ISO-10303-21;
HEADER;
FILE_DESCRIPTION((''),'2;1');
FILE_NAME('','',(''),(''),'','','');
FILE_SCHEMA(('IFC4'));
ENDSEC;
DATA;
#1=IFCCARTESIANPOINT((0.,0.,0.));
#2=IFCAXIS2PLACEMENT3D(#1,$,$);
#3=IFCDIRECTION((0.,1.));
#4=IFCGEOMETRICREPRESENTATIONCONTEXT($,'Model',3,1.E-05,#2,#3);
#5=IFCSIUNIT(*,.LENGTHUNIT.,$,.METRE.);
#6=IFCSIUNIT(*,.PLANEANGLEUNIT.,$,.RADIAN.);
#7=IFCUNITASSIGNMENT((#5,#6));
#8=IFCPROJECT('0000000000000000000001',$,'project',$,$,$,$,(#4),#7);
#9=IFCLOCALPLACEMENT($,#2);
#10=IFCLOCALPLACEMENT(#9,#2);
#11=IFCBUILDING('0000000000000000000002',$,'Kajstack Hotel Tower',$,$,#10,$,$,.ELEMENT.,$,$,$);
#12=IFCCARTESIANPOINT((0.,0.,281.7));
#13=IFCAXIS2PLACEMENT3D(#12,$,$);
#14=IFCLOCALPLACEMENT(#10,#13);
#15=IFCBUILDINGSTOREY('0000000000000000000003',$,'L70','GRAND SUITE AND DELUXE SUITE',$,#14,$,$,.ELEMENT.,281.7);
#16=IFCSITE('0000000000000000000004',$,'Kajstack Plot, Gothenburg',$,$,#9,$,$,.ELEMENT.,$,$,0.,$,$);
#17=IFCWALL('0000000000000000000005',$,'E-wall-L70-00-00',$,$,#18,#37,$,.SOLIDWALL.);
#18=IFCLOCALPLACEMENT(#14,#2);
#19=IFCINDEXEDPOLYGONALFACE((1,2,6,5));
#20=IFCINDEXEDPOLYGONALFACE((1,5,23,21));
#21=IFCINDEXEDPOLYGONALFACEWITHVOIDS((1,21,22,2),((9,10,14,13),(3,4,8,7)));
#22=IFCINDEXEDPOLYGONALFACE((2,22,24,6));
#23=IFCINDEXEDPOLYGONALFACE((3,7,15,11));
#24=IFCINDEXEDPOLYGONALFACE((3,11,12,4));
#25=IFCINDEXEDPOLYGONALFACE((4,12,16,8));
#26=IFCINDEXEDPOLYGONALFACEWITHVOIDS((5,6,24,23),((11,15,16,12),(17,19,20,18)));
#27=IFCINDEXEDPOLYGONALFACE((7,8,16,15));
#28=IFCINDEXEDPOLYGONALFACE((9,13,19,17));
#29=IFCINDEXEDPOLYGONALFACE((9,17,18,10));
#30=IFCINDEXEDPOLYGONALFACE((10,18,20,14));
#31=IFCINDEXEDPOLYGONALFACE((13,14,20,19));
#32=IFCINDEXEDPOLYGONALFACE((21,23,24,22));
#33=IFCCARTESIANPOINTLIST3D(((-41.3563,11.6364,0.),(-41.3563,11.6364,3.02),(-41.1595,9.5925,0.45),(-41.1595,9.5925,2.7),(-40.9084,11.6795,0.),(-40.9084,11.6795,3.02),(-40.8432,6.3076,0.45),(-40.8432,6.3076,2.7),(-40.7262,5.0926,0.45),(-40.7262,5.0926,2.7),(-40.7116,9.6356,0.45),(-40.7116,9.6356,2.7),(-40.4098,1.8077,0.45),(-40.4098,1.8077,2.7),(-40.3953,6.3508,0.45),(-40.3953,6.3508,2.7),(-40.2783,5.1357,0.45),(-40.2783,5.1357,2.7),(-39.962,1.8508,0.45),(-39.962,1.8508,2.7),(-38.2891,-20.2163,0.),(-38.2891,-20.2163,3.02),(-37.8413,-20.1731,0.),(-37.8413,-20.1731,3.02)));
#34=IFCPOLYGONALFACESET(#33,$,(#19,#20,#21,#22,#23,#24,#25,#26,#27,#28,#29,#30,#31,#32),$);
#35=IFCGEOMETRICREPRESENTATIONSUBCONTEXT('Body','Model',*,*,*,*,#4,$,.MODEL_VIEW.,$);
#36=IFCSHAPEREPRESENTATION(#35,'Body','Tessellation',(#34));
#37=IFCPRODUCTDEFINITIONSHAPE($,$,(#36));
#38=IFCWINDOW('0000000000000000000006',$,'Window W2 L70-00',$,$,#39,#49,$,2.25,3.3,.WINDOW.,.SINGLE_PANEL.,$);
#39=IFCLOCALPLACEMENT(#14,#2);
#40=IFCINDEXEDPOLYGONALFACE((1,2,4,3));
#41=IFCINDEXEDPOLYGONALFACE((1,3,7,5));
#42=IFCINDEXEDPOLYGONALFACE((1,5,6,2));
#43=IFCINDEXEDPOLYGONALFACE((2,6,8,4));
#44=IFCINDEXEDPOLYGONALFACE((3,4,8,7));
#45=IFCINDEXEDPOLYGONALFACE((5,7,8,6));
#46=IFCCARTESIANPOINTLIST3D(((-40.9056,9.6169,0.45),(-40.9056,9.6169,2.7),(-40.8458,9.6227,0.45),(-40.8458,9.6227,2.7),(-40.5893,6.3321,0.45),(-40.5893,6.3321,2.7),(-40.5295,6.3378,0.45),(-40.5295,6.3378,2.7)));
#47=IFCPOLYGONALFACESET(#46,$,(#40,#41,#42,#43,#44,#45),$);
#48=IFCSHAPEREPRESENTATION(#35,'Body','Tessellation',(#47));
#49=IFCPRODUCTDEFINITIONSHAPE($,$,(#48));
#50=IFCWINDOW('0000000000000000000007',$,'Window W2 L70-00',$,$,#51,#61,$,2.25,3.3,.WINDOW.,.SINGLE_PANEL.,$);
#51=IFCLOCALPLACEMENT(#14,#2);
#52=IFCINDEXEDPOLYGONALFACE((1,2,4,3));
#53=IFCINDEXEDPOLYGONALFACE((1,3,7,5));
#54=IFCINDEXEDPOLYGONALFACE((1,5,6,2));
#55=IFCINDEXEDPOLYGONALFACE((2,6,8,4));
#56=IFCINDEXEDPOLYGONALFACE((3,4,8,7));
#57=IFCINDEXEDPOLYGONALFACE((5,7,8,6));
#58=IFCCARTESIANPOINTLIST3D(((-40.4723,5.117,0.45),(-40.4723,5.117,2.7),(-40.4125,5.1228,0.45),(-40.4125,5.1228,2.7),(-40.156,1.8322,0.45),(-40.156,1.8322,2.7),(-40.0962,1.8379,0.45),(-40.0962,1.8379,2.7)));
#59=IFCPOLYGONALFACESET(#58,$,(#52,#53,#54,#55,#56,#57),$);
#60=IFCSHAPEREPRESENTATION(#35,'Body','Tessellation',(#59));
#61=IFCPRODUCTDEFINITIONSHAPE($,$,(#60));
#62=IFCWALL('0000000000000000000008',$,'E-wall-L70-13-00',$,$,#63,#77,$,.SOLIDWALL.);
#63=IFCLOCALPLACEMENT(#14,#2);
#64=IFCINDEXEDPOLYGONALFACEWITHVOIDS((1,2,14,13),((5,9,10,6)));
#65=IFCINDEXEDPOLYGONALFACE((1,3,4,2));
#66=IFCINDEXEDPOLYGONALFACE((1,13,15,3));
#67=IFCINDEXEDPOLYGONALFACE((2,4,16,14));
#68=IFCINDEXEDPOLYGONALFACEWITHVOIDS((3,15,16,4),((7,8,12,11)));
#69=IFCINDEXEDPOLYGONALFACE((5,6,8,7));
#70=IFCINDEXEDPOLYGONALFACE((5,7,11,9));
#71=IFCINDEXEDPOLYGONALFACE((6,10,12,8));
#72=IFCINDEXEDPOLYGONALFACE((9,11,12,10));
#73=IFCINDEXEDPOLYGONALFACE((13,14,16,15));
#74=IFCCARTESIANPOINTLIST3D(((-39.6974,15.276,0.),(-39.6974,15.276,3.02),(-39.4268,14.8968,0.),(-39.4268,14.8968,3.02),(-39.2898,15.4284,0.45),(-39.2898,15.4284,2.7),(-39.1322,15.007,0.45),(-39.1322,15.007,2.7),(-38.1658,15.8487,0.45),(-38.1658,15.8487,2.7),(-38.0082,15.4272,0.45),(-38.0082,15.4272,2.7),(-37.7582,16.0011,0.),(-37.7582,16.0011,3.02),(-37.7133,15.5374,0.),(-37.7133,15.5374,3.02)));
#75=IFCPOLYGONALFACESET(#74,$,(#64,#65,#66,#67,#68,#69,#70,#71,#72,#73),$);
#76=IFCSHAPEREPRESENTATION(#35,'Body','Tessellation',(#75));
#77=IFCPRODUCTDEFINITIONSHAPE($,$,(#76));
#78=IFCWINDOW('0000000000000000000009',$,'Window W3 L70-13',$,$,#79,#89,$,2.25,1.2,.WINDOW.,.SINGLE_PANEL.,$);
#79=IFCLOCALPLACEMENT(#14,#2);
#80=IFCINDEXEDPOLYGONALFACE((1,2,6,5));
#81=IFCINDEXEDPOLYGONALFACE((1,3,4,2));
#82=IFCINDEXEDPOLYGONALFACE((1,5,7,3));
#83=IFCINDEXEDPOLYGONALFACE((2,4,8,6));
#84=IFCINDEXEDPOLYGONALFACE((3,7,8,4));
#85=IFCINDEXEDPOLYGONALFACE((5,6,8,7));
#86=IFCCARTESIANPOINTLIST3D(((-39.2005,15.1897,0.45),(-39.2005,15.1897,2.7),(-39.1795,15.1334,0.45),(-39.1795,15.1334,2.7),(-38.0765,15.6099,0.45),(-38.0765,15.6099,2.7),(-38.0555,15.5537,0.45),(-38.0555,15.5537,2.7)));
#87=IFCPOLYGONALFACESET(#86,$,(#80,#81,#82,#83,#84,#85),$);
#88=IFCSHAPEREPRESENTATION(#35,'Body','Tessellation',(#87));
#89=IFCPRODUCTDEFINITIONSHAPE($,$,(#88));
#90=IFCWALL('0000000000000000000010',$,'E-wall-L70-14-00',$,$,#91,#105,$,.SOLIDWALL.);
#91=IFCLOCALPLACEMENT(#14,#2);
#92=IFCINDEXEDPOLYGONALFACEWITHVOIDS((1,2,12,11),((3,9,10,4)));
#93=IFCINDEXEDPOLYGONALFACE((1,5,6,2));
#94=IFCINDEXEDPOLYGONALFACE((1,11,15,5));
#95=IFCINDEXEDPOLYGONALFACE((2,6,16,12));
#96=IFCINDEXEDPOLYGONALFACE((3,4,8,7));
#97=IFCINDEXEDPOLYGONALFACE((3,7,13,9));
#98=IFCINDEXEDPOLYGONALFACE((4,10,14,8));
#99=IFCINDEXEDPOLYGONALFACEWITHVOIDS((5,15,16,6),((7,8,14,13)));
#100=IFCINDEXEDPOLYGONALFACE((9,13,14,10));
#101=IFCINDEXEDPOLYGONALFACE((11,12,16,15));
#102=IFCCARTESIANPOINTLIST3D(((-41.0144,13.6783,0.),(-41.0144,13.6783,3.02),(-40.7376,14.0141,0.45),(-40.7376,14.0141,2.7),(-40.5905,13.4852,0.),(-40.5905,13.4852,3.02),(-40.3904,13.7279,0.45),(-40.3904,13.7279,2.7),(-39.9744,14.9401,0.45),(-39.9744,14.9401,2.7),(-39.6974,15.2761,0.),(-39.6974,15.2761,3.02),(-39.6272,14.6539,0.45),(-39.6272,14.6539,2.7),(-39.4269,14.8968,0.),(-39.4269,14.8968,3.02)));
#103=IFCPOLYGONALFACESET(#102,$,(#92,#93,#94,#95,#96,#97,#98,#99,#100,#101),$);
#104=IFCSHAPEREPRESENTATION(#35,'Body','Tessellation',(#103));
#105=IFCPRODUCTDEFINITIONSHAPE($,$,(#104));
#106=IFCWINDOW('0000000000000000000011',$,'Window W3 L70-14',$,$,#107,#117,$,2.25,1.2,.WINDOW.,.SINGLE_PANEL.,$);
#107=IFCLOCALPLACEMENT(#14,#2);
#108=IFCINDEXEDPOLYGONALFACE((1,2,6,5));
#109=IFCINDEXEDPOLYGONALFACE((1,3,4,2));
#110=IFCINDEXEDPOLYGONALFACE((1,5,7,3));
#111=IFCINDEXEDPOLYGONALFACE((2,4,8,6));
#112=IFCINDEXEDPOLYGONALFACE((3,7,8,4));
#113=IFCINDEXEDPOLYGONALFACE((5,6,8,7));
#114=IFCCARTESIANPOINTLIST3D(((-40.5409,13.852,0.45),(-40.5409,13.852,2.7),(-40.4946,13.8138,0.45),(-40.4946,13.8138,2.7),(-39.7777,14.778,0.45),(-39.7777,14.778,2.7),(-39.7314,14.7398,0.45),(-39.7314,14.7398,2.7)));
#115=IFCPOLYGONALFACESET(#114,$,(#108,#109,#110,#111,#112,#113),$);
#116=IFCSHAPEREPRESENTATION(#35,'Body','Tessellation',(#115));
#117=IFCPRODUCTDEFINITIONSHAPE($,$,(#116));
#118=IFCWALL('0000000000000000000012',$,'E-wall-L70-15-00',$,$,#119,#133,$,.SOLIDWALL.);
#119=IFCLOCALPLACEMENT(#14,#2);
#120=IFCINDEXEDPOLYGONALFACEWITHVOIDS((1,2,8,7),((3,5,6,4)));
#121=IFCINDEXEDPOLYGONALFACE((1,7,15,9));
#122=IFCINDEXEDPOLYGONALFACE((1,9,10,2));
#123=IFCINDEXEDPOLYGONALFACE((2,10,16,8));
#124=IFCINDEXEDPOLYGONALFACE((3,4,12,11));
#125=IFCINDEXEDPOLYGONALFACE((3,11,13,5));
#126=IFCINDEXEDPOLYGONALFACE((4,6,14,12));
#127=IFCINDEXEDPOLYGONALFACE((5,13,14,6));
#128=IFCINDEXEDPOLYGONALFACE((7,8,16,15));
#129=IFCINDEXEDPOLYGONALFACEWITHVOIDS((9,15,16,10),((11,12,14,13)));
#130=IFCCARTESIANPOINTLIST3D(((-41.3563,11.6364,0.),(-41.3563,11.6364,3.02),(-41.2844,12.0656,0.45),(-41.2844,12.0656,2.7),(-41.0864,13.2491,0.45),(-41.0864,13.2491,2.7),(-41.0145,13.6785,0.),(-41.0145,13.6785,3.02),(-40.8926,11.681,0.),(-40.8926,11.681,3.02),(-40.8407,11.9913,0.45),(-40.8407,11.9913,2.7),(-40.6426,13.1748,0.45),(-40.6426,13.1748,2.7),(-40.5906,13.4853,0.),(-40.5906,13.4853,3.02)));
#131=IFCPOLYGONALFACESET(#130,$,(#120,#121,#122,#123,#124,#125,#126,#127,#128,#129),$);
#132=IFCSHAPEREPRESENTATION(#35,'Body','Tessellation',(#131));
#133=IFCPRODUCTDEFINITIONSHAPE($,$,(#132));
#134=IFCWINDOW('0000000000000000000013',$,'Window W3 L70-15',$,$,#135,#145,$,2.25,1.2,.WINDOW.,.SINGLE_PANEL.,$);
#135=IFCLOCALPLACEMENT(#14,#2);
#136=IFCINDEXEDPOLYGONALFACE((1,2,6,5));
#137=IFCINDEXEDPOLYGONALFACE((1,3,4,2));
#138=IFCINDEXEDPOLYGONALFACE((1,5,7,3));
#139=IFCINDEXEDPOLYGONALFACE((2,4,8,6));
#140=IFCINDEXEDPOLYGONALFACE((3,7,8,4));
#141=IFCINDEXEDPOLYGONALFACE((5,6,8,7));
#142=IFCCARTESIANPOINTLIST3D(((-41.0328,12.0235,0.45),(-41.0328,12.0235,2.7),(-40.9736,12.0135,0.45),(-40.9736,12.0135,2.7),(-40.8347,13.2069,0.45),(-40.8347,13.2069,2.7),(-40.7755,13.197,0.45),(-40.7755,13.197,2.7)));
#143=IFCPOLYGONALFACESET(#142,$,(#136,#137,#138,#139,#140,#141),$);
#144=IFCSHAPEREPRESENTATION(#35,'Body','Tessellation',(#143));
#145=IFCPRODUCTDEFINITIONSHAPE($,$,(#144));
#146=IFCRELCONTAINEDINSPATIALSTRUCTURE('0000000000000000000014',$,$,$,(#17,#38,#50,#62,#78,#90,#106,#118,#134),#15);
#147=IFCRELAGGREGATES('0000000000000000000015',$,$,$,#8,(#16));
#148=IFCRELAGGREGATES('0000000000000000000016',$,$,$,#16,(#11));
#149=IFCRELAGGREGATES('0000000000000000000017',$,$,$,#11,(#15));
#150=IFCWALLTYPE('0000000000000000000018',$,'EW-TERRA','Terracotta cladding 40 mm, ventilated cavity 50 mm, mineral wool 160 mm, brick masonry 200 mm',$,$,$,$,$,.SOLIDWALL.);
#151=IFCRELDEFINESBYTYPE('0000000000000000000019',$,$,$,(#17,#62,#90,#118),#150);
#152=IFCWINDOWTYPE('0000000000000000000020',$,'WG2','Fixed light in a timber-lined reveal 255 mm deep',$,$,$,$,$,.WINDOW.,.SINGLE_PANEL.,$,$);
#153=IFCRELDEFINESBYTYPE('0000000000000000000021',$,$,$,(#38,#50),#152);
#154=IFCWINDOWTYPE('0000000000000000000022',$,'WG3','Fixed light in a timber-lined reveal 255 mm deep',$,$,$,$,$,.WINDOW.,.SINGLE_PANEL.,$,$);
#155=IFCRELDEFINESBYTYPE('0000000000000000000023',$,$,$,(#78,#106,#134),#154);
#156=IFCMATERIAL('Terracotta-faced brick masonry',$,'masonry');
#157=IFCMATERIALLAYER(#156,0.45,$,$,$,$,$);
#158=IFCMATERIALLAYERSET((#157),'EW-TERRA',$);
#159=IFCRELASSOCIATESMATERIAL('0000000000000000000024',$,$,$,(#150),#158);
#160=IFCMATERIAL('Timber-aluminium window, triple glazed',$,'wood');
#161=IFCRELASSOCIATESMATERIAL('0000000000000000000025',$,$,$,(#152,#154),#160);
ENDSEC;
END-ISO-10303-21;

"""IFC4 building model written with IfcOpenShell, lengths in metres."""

from ifc_helpers import new_model, si_unit, direction, frame, frame_2d, origin, place, context, subcontext, project, spatial, polyline, rectangle, outline, extrude, material, layer, layer_set, type_object, element, fill, save


model = new_model("IFC4")

# Units and contexts
model_context = context("Model", 3, precision=1e-05, world=origin(), true_north=direction((0.0, 1.0)))
body_context = subcontext(model_context, "Body", "Model", "MODEL_VIEW")
ifc_project = project(units=[si_unit("LENGTHUNIT", "METRE"), si_unit("PLANEANGLEUNIT", "RADIAN")], contexts=[model_context])

# Site, building, storey
site_placement = place(None, origin())
site = spatial("IfcSite", under=ifc_project, at=site_placement, Name="Kajstack Plot, Gothenburg", CompositionType="ELEMENT", RefElevation=0.0)
building_placement = place(site_placement, origin())
building = spatial("IfcBuilding", under=site, at=building_placement, Name="Kajstack Hotel Tower", CompositionType="ELEMENT")
storey_placement = place(building_placement, frame((0.0, 0.0, 281.7)))
storey = spatial("IfcBuildingStorey", under=building, at=storey_placement, Name="L70", Description="GRAND SUITE AND DELUXE SUITE", CompositionType="ELEMENT", Elevation=281.7)

# Wall, openings, windows
ifc_material_1 = material(Name="Terracotta-faced brick masonry", Category="masonry")
ifc_layer_1 = layer(ifc_material_1, 0.45)
ifc_layer_set_1 = layer_set([ifc_layer_1], Name="EW-TERRA")
wall_type_1 = type_object("IfcWallType", Name="EW-TERRA", Description="Terracotta cladding 40 mm, ventilated cavity 50 mm, mineral wool 160 mm, brick masonry 200 mm", PredefinedType="SOLIDWALL", material=ifc_layer_set_1)
wall_1_placement = place(storey_placement, frame((-41.1323, 11.658, 0.0), z_axis=(0.0, 0.0, 1.0), x_axis=(0.095848, -0.995396, 0.0)))
wall_1 = element("IfcWall", 1, at=wall_1_placement, inside=storey, type_object=wall_type_1, Name="E-wall-L70-00-00", PredefinedType="SOLIDWALL", context=body_context, shape_type="SweptSolid", body=[
    extrude(rectangle(XDim=32.0, YDim=0.45, at=frame_2d((16.0, 0.0))), origin(), (0.0, 0.0, 1.0), 3.02),
])
opening_1_placement = place(wall_1_placement, frame((2.0535, 0.0, 0.45)))
opening_1 = element("IfcOpeningElement", 2, at=opening_1_placement, cuts=wall_1, PredefinedType="OPENING", context=body_context, shape_type="SweptSolid", body=[
    extrude(rectangle(XDim=3.3, YDim=2.25, at=frame_2d((1.6499, 1.125))), frame((0.0, 0.2349, 0.0), z_axis=(0.0, -1.0, 0.0), x_axis=(1.0, 0.0, 0.0)), (0.0, 0.0, 1.0), 0.47),
])
opening_2_placement = place(wall_1_placement, frame((6.5742, 0.0, 0.45)))
opening_2 = element("IfcOpeningElement", 3, at=opening_2_placement, cuts=wall_1, PredefinedType="OPENING", context=body_context, shape_type="SweptSolid", body=[
    extrude(rectangle(XDim=3.3, YDim=2.25, at=frame_2d((1.6499, 1.125))), frame((0.0, 0.2349, 0.0), z_axis=(0.0, -1.0, 0.0), x_axis=(1.0, 0.0, 0.0)), (0.0, 0.0, 1.0), 0.47),
])
ifc_material_2 = material(Name="Timber-aluminium window, triple glazed", Category="wood")
window_type_1 = type_object("IfcWindowType", Name="WG2", Description="Fixed light in a timber-lined reveal 255 mm deep", PartitioningType="SINGLE_PANEL", PredefinedType="WINDOW", material=ifc_material_2)
window_1_placement = place(opening_1_placement, origin())
window_1 = element("IfcWindow", 4, at=window_1_placement, inside=storey, type_object=window_type_1, Name="Window W2 L70-00", OverallHeight=2.25, OverallWidth=3.3, PartitioningType="SINGLE_PANEL", PredefinedType="WINDOW", context=body_context, shape_type="SweptSolid", body=[
    extrude(rectangle(XDim=3.3, YDim=2.25, at=frame_2d((1.6499, 1.125))), frame((0.0, 0.0901, 0.0), z_axis=(0.0, -1.0, 0.0), x_axis=(1.0, 0.0, 0.0)), (0.0, 0.0, 1.0), 0.0601),
])
fill(opening_1, window_1)
window_2_placement = place(opening_2_placement, origin())
window_2 = element("IfcWindow", 5, at=window_2_placement, inside=storey, type_object=window_type_1, Name="Window W2 L70-00", OverallHeight=2.25, OverallWidth=3.3, PartitioningType="SINGLE_PANEL", PredefinedType="WINDOW", context=body_context, shape_type="SweptSolid", body=[
    extrude(rectangle(XDim=3.3, YDim=2.25, at=frame_2d((1.6499, 1.125))), frame((0.0, 0.0901, 0.0), z_axis=(0.0, -1.0, 0.0), x_axis=(1.0, 0.0, 0.0)), (0.0, 0.0, 1.0), 0.0601),
])
fill(opening_2, window_2)

# Walls, openings, windows
wall_2_placement = place(storey_placement, frame((-37.6792, 15.7905, 0.0), z_axis=(0.0, 0.0, 1.0), x_axis=(-0.936678, -0.350193, 0.0)))
wall_2 = element("IfcWall", 6, at=wall_2_placement, inside=storey, type_object=wall_type_1, Name="E-wall-L70-13-00", PredefinedType="SOLIDWALL", context=body_context, shape_type="SweptSolid", body=[
    extrude(outline(polyline([(0.0002, -0.2249), (2.0706, -0.2249), (1.95, 0.2251), (0.1206, 0.2251), (0.0002, -0.2249)])), origin(), (0.0, 0.0, 1.0), 3.02),
])
opening_3_placement = place(wall_2_placement, frame((0.4353, 0.0, 0.45)))
opening_3 = element("IfcOpeningElement", 7, at=opening_3_placement, cuts=wall_2, PredefinedType="OPENING", context=body_context, shape_type="SweptSolid", body=[
    extrude(rectangle(XDim=1.2, YDim=2.25, at=frame_2d((0.6001, 1.125))), frame((0.0, 0.2349, 0.0), z_axis=(0.0, -1.0, 0.0), x_axis=(1.0, 0.0, 0.0)), (0.0, 0.0, 1.0), 0.47),
])
window_type_2 = type_object("IfcWindowType", Name="WG3", Description="Fixed light in a timber-lined reveal 255 mm deep", PartitioningType="SINGLE_PANEL", PredefinedType="WINDOW", material=ifc_material_2)
window_3_placement = place(opening_3_placement, origin())
window_3 = element("IfcWindow", 8, at=window_3_placement, inside=storey, type_object=window_type_2, Name="Window W3 L70-13", OverallHeight=2.25, OverallWidth=1.2, PartitioningType="SINGLE_PANEL", PredefinedType="WINDOW", context=body_context, shape_type="SweptSolid", body=[
    extrude(rectangle(XDim=1.2, YDim=2.25, at=frame_2d((0.6001, 1.125))), frame((0.0, 0.0901, 0.0), z_axis=(0.0, -1.0, 0.0), x_axis=(1.0, 0.0, 0.0)), (0.0, 0.0, 1.0), 0.0601),
])
fill(opening_3, window_3)
wall_3_placement = place(storey_placement, frame((-39.5239, 15.1331, 0.0), z_axis=(0.0, 0.0, 1.0), x_axis=(-0.636046, -0.771651, 0.0)))
wall_3 = element("IfcWall", 9, at=wall_3_placement, inside=storey, type_object=wall_type_1, Name="E-wall-L70-14-00", PredefinedType="SOLIDWALL", context=body_context, shape_type="SweptSolid", body=[
    extrude(outline(polyline([(0.0, -0.2249), (2.0706, -0.2249), (1.95, 0.2251), (0.1206, 0.2251), (0.0, -0.2249)])), origin(), (0.0, 0.0, 1.0), 3.02),
])
opening_4_placement = place(wall_3_placement, frame((0.4353, 0.0, 0.45)))
opening_4 = element("IfcOpeningElement", 10, at=opening_4_placement, cuts=wall_3, PredefinedType="OPENING", context=body_context, shape_type="SweptSolid", body=[
    extrude(rectangle(XDim=1.2, YDim=2.25, at=frame_2d((0.6001, 1.125))), frame((0.0, 0.2349, 0.0), z_axis=(0.0, -1.0, 0.0), x_axis=(1.0, 0.0, 0.0)), (0.0, 0.0, 1.0), 0.47),
])
window_4_placement = place(opening_4_placement, origin())
window_4 = element("IfcWindow", 11, at=window_4_placement, inside=storey, type_object=window_type_2, Name="Window W3 L70-14", OverallHeight=2.25, OverallWidth=1.2, PartitioningType="SINGLE_PANEL", PredefinedType="WINDOW", context=body_context, shape_type="SweptSolid", body=[
    extrude(rectangle(XDim=1.2, YDim=2.25, at=frame_2d((0.6001, 1.125))), frame((0.0, 0.0901, 0.0), z_axis=(0.0, -1.0, 0.0), x_axis=(1.0, 0.0, 0.0)), (0.0, 0.0, 1.0), 0.0601),
])
fill(opening_4, window_4)
wall_4_placement = place(storey_placement, frame((-40.7925, 13.6414, 0.0), z_axis=(0.0, 0.0, 1.0), x_axis=(-0.165068, -0.986282, 0.0)))
wall_4 = element("IfcWall", 12, at=wall_4_placement, inside=storey, type_object=wall_type_1, Name="E-wall-L70-15-00", PredefinedType="SOLIDWALL", context=body_context, shape_type="SweptSolid", body=[
    extrude(outline(polyline([(0.0, -0.2251), (2.0706, -0.2251), (1.95, 0.2249), (0.1206, 0.2249), (0.0, -0.2251)])), origin(), (0.0, 0.0, 1.0), 3.02),
])
opening_5_placement = place(wall_4_placement, frame((0.4353, 0.0, 0.45)))
opening_5 = element("IfcOpeningElement", 13, at=opening_5_placement, cuts=wall_4, PredefinedType="OPENING", context=body_context, shape_type="SweptSolid", body=[
    extrude(rectangle(XDim=1.2, YDim=2.25, at=frame_2d((0.6001, 1.125))), frame((0.0, 0.2349, 0.0), z_axis=(0.0, -1.0, 0.0), x_axis=(1.0, 0.0, 0.0)), (0.0, 0.0, 1.0), 0.47),
])
window_5_placement = place(opening_5_placement, origin())
window_5 = element("IfcWindow", 14, at=window_5_placement, inside=storey, type_object=window_type_2, Name="Window W3 L70-15", OverallHeight=2.25, OverallWidth=1.2, PartitioningType="SINGLE_PANEL", PredefinedType="WINDOW", context=body_context, shape_type="SweptSolid", body=[
    extrude(rectangle(XDim=1.2, YDim=2.25, at=frame_2d((0.6001, 1.125))), frame((0.0, 0.0901, 0.0), z_axis=(0.0, -1.0, 0.0), x_axis=(1.0, 0.0, 0.0)), (0.0, 0.0, 1.0), 0.0601),
])
fill(opening_5, window_5)

save(model, "model.ifc")
